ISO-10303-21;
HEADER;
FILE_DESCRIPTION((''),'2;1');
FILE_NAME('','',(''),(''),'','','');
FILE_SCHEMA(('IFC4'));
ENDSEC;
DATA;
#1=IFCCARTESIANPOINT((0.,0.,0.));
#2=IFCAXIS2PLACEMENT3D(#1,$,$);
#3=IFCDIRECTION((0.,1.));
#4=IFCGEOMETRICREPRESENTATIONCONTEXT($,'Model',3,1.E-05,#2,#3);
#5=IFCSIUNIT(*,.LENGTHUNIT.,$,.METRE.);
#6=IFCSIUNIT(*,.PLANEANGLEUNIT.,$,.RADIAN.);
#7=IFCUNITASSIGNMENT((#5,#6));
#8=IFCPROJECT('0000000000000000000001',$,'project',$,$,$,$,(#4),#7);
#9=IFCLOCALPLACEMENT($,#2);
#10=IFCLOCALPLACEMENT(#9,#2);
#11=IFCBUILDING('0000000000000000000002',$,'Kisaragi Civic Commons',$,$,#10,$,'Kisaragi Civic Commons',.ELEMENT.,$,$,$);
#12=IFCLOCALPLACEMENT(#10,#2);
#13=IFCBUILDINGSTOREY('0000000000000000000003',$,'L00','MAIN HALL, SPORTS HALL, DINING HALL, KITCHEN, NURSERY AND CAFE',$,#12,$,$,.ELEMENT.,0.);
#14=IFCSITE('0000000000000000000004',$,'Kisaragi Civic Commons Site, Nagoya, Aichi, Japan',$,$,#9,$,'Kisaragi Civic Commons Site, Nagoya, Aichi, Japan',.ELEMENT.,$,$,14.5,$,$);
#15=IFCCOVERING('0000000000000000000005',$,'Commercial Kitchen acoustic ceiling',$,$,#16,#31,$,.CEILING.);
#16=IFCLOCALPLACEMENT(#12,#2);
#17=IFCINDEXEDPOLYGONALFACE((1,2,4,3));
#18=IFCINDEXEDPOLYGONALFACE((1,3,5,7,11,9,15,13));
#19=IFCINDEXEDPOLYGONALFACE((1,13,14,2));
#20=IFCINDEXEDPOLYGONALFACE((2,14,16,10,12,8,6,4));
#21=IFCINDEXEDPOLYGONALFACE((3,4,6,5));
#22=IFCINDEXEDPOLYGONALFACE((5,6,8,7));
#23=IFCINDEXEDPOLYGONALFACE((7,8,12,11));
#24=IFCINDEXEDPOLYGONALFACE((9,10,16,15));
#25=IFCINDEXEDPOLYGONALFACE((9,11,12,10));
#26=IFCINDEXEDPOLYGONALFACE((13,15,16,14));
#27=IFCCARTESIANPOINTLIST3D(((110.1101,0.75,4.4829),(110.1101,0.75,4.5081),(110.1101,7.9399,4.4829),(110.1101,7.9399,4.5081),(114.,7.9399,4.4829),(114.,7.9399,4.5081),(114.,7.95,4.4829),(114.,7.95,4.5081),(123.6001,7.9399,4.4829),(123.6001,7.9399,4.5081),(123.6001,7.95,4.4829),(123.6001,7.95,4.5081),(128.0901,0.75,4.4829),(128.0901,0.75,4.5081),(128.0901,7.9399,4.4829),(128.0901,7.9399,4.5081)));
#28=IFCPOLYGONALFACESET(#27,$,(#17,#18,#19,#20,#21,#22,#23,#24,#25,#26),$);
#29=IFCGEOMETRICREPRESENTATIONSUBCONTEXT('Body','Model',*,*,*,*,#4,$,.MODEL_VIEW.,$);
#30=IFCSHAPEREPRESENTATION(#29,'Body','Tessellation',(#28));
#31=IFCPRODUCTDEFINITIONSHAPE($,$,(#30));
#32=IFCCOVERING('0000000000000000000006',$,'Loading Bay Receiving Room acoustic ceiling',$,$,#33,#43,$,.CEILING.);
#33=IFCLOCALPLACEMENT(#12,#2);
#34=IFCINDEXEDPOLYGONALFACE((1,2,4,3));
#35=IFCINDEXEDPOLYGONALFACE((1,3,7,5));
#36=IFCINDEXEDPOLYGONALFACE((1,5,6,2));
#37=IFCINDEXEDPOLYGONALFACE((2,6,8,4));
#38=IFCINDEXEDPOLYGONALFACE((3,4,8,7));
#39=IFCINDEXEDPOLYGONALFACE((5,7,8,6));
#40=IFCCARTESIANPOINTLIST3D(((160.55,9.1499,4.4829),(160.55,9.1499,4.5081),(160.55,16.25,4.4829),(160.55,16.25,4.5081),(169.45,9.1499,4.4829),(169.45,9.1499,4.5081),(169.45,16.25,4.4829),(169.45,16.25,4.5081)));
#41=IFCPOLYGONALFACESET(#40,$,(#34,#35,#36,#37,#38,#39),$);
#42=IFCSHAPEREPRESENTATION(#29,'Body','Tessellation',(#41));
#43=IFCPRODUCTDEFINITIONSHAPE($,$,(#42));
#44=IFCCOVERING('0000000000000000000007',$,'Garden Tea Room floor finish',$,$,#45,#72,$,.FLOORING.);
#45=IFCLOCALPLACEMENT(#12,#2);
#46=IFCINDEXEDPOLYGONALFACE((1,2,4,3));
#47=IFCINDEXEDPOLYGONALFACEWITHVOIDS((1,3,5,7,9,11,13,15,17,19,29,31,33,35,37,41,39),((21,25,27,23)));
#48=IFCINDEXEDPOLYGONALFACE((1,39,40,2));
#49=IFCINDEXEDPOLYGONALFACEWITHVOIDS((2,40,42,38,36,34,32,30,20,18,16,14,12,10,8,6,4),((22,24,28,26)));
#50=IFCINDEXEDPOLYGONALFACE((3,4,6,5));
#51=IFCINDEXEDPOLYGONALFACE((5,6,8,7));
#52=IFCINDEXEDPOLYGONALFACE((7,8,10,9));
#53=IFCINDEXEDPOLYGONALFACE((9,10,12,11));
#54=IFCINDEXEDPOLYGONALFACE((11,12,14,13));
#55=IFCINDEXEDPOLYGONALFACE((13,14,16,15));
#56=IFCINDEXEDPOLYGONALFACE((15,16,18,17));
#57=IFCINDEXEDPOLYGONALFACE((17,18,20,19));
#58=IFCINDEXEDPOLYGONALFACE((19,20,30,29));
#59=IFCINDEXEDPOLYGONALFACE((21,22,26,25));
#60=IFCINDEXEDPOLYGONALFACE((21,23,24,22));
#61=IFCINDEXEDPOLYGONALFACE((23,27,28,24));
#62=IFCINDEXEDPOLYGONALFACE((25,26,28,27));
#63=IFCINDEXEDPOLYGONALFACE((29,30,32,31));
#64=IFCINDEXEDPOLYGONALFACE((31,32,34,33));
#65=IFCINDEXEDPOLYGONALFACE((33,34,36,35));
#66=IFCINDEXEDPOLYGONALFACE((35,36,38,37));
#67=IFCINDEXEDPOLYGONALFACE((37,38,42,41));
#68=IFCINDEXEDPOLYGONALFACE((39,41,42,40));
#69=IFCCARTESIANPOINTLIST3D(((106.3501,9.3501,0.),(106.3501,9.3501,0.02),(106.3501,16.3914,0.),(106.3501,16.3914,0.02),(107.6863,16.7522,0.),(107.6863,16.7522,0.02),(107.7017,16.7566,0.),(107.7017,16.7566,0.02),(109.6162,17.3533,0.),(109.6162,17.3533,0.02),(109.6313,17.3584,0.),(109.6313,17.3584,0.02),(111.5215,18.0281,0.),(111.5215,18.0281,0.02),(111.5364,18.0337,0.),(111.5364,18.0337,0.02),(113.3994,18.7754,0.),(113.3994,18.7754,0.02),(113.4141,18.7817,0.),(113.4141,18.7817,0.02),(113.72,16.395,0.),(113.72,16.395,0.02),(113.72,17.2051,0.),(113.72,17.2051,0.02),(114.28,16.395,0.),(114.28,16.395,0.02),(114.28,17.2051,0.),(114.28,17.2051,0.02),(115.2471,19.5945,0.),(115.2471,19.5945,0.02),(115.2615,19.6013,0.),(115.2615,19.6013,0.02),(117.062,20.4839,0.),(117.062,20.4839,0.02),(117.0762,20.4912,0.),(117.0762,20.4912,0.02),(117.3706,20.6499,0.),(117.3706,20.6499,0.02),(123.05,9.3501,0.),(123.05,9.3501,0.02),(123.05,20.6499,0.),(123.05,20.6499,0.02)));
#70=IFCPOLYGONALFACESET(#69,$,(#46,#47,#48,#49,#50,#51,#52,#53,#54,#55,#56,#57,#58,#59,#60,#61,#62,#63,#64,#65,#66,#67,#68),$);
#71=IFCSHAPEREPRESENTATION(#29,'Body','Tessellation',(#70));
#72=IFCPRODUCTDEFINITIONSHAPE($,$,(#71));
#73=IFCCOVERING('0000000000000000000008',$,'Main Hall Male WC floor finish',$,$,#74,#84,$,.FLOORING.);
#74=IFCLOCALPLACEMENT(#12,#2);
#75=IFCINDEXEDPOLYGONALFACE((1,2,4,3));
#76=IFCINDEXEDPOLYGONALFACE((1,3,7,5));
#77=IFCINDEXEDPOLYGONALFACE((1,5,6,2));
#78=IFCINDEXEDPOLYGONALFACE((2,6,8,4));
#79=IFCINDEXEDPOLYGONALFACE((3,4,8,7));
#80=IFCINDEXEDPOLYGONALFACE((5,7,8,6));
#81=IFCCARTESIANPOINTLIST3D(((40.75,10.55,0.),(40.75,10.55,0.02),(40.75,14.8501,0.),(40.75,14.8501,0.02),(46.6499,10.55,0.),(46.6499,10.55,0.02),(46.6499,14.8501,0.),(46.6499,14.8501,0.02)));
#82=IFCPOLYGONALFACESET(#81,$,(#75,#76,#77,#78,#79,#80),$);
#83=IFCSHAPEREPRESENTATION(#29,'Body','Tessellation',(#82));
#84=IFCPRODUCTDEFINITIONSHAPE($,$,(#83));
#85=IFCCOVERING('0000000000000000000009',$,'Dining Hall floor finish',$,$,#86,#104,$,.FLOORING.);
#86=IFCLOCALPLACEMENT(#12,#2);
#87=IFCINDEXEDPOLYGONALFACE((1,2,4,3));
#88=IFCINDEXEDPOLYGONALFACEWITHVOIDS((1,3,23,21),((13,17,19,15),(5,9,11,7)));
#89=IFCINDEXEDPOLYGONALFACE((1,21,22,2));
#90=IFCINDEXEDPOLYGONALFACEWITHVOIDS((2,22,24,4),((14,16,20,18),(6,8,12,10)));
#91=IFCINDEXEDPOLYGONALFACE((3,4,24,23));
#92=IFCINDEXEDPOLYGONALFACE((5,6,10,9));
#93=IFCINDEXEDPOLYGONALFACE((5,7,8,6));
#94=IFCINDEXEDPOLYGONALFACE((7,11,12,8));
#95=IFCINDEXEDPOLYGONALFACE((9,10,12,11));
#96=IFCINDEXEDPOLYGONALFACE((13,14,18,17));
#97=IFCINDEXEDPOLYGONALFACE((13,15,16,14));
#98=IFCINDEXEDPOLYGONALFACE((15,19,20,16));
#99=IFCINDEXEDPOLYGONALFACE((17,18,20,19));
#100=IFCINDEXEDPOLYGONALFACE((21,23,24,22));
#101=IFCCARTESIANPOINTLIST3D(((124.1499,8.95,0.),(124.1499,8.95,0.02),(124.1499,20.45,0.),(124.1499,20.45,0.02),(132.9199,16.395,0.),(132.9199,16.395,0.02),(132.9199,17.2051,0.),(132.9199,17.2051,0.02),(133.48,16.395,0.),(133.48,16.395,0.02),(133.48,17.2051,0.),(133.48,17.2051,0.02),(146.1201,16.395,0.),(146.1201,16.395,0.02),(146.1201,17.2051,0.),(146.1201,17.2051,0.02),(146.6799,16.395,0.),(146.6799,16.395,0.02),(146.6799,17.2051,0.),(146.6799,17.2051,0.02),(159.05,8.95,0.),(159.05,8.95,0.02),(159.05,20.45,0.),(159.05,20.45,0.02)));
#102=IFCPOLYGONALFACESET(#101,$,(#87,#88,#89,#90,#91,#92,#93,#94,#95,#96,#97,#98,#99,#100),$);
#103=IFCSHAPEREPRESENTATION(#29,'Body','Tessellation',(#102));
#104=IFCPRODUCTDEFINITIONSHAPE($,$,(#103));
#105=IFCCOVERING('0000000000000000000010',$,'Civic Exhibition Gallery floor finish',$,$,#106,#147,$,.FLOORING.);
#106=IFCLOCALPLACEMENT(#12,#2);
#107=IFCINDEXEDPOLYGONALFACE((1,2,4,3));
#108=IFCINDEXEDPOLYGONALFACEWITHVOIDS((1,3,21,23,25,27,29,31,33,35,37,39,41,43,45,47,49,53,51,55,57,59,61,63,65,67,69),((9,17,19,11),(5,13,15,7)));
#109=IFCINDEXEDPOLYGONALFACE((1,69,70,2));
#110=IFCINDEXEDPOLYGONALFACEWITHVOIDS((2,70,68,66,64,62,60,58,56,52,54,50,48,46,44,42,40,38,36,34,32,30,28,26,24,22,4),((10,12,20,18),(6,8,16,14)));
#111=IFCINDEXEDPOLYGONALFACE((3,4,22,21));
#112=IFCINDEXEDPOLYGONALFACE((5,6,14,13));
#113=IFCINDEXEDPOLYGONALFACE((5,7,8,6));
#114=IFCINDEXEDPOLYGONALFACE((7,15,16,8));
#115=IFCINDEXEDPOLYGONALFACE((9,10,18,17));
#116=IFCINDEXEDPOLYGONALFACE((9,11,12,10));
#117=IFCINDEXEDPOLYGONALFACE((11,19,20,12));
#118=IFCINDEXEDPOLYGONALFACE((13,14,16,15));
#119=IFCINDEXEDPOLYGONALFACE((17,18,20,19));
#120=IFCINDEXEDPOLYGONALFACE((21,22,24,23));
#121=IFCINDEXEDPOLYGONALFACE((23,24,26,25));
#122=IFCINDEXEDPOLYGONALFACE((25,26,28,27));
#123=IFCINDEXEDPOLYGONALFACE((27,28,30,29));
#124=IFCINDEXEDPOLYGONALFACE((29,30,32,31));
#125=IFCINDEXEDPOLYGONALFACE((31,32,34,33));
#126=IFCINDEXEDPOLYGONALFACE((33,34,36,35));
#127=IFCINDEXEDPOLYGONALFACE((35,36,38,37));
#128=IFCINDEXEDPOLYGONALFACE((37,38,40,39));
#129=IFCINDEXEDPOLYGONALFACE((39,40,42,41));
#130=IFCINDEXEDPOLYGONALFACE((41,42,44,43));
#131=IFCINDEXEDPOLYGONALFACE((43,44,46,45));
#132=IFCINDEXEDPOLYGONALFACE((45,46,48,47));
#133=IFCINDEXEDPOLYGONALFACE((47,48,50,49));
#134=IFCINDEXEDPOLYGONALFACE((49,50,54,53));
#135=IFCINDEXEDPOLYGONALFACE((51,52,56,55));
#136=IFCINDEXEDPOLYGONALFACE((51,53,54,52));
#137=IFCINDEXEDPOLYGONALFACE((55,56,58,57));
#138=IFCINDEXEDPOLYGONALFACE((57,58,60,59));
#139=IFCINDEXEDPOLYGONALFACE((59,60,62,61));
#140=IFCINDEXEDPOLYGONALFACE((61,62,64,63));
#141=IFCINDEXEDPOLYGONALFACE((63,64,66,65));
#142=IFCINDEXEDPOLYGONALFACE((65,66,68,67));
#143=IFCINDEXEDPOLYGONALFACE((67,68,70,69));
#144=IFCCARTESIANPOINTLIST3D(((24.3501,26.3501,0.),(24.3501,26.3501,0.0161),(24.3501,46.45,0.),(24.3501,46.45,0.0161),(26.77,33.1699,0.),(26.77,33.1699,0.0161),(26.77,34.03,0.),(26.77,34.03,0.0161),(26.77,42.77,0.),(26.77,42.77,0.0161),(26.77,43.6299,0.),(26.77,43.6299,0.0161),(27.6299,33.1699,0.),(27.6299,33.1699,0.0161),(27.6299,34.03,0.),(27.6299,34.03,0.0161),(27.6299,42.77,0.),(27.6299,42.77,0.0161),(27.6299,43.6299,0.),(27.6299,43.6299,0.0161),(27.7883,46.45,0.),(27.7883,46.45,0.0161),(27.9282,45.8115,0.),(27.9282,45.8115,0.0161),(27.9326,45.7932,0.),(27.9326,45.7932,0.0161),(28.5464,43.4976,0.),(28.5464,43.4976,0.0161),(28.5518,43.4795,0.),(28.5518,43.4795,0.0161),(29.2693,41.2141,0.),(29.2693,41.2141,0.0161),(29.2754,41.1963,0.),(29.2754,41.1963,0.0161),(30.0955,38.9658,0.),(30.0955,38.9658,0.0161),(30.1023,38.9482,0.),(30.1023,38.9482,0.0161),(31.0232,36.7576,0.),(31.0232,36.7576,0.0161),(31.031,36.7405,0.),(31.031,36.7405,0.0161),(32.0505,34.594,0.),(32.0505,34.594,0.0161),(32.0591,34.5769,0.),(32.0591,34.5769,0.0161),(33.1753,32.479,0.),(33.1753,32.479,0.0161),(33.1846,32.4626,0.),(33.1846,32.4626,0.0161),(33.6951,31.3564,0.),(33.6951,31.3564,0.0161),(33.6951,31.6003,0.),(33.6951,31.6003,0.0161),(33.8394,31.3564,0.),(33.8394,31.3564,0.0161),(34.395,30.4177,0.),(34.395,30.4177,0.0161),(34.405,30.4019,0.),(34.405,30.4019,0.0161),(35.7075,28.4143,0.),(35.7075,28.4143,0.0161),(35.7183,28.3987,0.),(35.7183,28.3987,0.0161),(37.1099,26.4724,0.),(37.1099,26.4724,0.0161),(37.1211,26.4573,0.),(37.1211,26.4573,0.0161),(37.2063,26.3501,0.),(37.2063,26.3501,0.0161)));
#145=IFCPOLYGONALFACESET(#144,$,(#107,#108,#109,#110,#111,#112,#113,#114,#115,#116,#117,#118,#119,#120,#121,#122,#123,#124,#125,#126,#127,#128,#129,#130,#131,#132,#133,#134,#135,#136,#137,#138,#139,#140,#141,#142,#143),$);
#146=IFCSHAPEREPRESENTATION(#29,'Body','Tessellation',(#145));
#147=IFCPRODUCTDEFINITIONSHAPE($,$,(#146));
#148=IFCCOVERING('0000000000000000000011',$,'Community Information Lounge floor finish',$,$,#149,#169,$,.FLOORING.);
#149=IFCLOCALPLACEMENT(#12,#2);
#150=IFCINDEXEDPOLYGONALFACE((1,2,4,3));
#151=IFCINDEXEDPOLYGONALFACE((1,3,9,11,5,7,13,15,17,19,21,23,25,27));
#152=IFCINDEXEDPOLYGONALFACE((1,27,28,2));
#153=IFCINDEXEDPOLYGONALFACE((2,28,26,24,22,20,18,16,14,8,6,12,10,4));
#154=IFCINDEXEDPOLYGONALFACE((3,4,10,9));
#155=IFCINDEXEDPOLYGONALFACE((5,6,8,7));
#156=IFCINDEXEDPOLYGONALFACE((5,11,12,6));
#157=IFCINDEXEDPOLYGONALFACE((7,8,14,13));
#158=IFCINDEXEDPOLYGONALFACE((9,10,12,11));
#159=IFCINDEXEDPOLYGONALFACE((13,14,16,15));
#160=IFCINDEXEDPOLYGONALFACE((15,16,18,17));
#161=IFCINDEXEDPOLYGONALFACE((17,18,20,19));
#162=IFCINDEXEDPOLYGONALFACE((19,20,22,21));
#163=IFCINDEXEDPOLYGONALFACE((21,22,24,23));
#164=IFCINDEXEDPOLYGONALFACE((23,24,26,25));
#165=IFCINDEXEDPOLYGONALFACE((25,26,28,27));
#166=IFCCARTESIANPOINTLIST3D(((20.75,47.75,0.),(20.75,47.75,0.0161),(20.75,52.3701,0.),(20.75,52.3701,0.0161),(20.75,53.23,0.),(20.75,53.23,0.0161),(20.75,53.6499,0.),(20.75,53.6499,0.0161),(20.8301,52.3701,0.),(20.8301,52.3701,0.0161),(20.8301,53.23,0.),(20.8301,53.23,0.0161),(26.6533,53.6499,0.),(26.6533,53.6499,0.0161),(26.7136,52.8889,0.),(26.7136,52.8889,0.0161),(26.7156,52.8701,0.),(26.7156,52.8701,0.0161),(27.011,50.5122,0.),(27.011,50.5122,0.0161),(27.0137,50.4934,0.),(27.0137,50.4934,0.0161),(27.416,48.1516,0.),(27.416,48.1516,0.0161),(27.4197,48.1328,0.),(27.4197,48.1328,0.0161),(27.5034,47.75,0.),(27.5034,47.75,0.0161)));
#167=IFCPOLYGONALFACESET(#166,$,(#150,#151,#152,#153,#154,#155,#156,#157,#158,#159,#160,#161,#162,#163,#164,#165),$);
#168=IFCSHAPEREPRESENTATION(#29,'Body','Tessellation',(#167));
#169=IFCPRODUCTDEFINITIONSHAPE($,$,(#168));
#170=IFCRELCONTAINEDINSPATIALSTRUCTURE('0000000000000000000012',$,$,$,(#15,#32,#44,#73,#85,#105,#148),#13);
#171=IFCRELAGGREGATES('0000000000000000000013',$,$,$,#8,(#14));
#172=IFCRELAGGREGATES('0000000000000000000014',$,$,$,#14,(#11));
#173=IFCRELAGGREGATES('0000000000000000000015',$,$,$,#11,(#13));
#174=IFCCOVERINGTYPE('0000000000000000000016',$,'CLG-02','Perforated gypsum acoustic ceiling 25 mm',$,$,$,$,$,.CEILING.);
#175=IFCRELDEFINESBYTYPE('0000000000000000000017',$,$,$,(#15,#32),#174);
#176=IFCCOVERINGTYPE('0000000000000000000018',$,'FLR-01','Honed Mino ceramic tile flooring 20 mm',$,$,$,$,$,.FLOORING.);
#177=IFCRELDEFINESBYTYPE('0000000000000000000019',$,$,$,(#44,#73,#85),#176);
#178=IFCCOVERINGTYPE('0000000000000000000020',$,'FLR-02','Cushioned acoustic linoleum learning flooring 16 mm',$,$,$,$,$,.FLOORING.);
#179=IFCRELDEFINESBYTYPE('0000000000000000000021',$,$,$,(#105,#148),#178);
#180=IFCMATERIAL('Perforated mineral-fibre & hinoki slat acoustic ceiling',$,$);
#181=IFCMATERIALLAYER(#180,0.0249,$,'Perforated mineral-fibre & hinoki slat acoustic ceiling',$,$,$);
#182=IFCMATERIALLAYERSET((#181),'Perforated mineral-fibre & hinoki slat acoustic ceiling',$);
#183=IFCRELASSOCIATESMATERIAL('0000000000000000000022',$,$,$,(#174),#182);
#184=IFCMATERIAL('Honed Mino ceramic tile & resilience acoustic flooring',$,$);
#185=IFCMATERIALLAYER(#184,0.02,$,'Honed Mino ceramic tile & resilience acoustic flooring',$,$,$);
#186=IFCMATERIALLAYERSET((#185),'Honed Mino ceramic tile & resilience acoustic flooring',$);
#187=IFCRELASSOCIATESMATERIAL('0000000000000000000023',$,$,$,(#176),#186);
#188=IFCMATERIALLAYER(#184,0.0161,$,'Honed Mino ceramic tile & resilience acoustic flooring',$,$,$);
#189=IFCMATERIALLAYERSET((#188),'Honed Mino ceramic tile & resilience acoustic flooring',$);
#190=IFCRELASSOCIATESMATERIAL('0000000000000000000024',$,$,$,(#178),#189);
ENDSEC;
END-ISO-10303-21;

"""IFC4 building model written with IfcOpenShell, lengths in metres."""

from ifc_helpers import new_model, si_unit, direction, frame, origin, place, context, subcontext, project, spatial, polyline, outline, extrude, material, layer, layer_set, type_object, element, save


model = new_model("IFC4")

# Units and contexts
model_context = context("Model", 3, precision=1e-05, world=origin(), true_north=direction((0.0, 1.0)))
body_context = subcontext(model_context, "Body", "Model", "MODEL_VIEW")
ifc_project = project(units=[si_unit("LENGTHUNIT", "METRE"), si_unit("PLANEANGLEUNIT", "RADIAN")], contexts=[model_context])

# Site, building, storey
site_placement = place(None, origin())
site = spatial("IfcSite", under=ifc_project, at=site_placement, Name="Kisaragi Civic Commons Site, Nagoya, Aichi, Japan", LongName="Kisaragi Civic Commons Site, Nagoya, Aichi, Japan", CompositionType="ELEMENT", RefElevation=14.5)
building_placement = place(site_placement, origin())
building = spatial("IfcBuilding", under=site, at=building_placement, Name="Kisaragi Civic Commons", LongName="Kisaragi Civic Commons", CompositionType="ELEMENT")
storey_placement = place(building_placement, origin())
storey = spatial("IfcBuildingStorey", under=building, at=storey_placement, Name="L00", Description="MAIN HALL, SPORTS HALL, DINING HALL, KITCHEN, NURSERY AND CAFE", CompositionType="ELEMENT", Elevation=0.0)

# Coverings
ifc_material_1 = material(Name="Perforated mineral-fibre & hinoki slat acoustic ceiling")
ifc_layer_1 = layer(ifc_material_1, 0.0249, Name="Perforated mineral-fibre & hinoki slat acoustic ceiling")
ifc_layer_set_1 = layer_set([ifc_layer_1], Name="Perforated mineral-fibre & hinoki slat acoustic ceiling")
covering_type_1 = type_object("IfcCoveringType", Name="CLG-02", Description="Perforated gypsum acoustic ceiling 25 mm", PredefinedType="CEILING", material=ifc_layer_set_1)
covering_1_placement = place(storey_placement, frame((0.0, 0.0, 4.4829)))
element("IfcCovering", 1, at=covering_1_placement, inside=storey, type_object=covering_type_1, Name="Commercial Kitchen acoustic ceiling", PredefinedType="CEILING", context=body_context, shape_type="SweptSolid", body=[
    extrude(outline(polyline([(110.1101, 0.75), (128.0901, 0.75), (128.0901, 7.9399), (123.6001, 7.9399), (123.6001, 7.95), (114.0, 7.95), (114.0, 7.9399), (110.1101, 7.9399), (110.1101, 0.75)])), origin(), (0.0, 0.0, 1.0), 0.0251),
])
covering_2_placement = place(storey_placement, frame((0.0, 0.0, 4.4829)))
element("IfcCovering", 2, at=covering_2_placement, inside=storey, type_object=covering_type_1, Name="Loading Bay Receiving Room acoustic ceiling", PredefinedType="CEILING", context=body_context, shape_type="SweptSolid", body=[
    extrude(outline(polyline([(169.45, 9.1499), (169.45, 16.25), (160.55, 16.25), (160.55, 9.1499), (169.45, 9.1499)])), origin(), (0.0, 0.0, 1.0), 0.0251),
])
ifc_material_2 = material(Name="Honed Mino ceramic tile & resilience acoustic flooring")
ifc_layer_2 = layer(ifc_material_2, 0.02, Name="Honed Mino ceramic tile & resilience acoustic flooring")
ifc_layer_set_2 = layer_set([ifc_layer_2], Name="Honed Mino ceramic tile & resilience acoustic flooring")
covering_type_2 = type_object("IfcCoveringType", Name="FLR-01", Description="Honed Mino ceramic tile flooring 20 mm", PredefinedType="FLOORING", material=ifc_layer_set_2)
covering_3_placement = place(storey_placement, origin())
element("IfcCovering", 3, at=covering_3_placement, inside=storey, type_object=covering_type_2, Name="Garden Tea Room floor finish", PredefinedType="FLOORING", context=body_context, shape_type="SweptSolid", body=[
    extrude(outline(polyline([(106.3501, 9.3501), (123.05, 9.3501), (123.05, 20.6499), (117.3706, 20.6499), (117.0762, 20.4912), (117.062, 20.4839), (115.2615, 19.6013), (115.2471, 19.5945), (113.4141, 18.7817), (113.3994, 18.7754), (111.5364, 18.0337), (111.5215, 18.0281), (109.6313, 17.3584), (109.6162, 17.3533), (107.7017, 16.7566), (107.6863, 16.7522), (106.3501, 16.3914), (106.3501, 9.3501)]), holes=[polyline([(114.28, 16.395), (113.72, 16.395), (113.72, 17.2051), (114.28, 17.2051), (114.28, 16.395)])]), origin(), (0.0, 0.0, 1.0), 0.02),
])
covering_4_placement = place(storey_placement, origin())
element("IfcCovering", 4, at=covering_4_placement, inside=storey, type_object=covering_type_2, Name="Main Hall Male WC floor finish", PredefinedType="FLOORING", context=body_context, shape_type="SweptSolid", body=[
    extrude(outline(polyline([(46.6499, 14.8501), (40.75, 14.8501), (40.75, 10.55), (46.6499, 10.55), (46.6499, 14.8501)])), origin(), (0.0, 0.0, 1.0), 0.02),
])
covering_5_placement = place(storey_placement, origin())
element("IfcCovering", 5, at=covering_5_placement, inside=storey, type_object=covering_type_2, Name="Dining Hall floor finish", PredefinedType="FLOORING", context=body_context, shape_type="SweptSolid", body=[
    extrude(outline(polyline([(159.05, 8.95), (159.05, 20.45), (124.1499, 20.45), (124.1499, 8.95), (159.05, 8.95)]), holes=[polyline([(146.6799, 16.395), (146.1201, 16.395), (146.1201, 17.2051), (146.6799, 17.2051), (146.6799, 16.395)]), polyline([(133.48, 16.395), (132.9199, 16.395), (132.9199, 17.2051), (133.48, 17.2051), (133.48, 16.395)])]), origin(), (0.0, 0.0, 1.0), 0.02),
])
ifc_layer_3 = layer(ifc_material_2, 0.0161, Name="Honed Mino ceramic tile & resilience acoustic flooring")
ifc_layer_set_3 = layer_set([ifc_layer_3], Name="Honed Mino ceramic tile & resilience acoustic flooring")
covering_type_3 = type_object("IfcCoveringType", Name="FLR-02", Description="Cushioned acoustic linoleum learning flooring 16 mm", PredefinedType="FLOORING", material=ifc_layer_set_3)
covering_6_placement = place(storey_placement, origin())
element("IfcCovering", 6, at=covering_6_placement, inside=storey, type_object=covering_type_3, Name="Civic Exhibition Gallery floor finish", PredefinedType="FLOORING", context=body_context, shape_type="SweptSolid", body=[
    extrude(outline(polyline([(27.7883, 46.45), (24.3501, 46.45), (24.3501, 26.3501), (37.2063, 26.3501), (37.1211, 26.4573), (37.1099, 26.4724), (35.7183, 28.3987), (35.7075, 28.4143), (34.405, 30.4019), (34.395, 30.4177), (33.8394, 31.3564), (33.6951, 31.3564), (33.6951, 31.6003), (33.1846, 32.4626), (33.1753, 32.479), (32.0591, 34.5769), (32.0505, 34.594), (31.031, 36.7405), (31.0232, 36.7576), (30.1023, 38.9482), (30.0955, 38.9658), (29.2754, 41.1963), (29.2693, 41.2141), (28.5518, 43.4795), (28.5464, 43.4976), (27.9326, 45.7932), (27.9282, 45.8115), (27.7883, 46.45)]), holes=[polyline([(27.6299, 33.1699), (26.77, 33.1699), (26.77, 34.03), (27.6299, 34.03), (27.6299, 33.1699)]), polyline([(27.6299, 42.77), (26.77, 42.77), (26.77, 43.6299), (27.6299, 43.6299), (27.6299, 42.77)])]), origin(), (0.0, 0.0, 1.0), 0.0161),
])
covering_7_placement = place(storey_placement, origin())
element("IfcCovering", 7, at=covering_7_placement, inside=storey, type_object=covering_type_3, Name="Community Information Lounge floor finish", PredefinedType="FLOORING", context=body_context, shape_type="SweptSolid", body=[
    extrude(outline(polyline([(26.6533, 53.6499), (20.75, 53.6499), (20.75, 53.23), (20.8301, 53.23), (20.8301, 52.3701), (20.75, 52.3701), (20.75, 47.75), (27.5034, 47.75), (27.4197, 48.1328), (27.416, 48.1516), (27.0137, 50.4934), (27.011, 50.5122), (26.7156, 52.8701), (26.7136, 52.8889), (26.6533, 53.6499)])), origin(), (0.0, 0.0, 1.0), 0.0161),
])

save(model, "model.ifc")
